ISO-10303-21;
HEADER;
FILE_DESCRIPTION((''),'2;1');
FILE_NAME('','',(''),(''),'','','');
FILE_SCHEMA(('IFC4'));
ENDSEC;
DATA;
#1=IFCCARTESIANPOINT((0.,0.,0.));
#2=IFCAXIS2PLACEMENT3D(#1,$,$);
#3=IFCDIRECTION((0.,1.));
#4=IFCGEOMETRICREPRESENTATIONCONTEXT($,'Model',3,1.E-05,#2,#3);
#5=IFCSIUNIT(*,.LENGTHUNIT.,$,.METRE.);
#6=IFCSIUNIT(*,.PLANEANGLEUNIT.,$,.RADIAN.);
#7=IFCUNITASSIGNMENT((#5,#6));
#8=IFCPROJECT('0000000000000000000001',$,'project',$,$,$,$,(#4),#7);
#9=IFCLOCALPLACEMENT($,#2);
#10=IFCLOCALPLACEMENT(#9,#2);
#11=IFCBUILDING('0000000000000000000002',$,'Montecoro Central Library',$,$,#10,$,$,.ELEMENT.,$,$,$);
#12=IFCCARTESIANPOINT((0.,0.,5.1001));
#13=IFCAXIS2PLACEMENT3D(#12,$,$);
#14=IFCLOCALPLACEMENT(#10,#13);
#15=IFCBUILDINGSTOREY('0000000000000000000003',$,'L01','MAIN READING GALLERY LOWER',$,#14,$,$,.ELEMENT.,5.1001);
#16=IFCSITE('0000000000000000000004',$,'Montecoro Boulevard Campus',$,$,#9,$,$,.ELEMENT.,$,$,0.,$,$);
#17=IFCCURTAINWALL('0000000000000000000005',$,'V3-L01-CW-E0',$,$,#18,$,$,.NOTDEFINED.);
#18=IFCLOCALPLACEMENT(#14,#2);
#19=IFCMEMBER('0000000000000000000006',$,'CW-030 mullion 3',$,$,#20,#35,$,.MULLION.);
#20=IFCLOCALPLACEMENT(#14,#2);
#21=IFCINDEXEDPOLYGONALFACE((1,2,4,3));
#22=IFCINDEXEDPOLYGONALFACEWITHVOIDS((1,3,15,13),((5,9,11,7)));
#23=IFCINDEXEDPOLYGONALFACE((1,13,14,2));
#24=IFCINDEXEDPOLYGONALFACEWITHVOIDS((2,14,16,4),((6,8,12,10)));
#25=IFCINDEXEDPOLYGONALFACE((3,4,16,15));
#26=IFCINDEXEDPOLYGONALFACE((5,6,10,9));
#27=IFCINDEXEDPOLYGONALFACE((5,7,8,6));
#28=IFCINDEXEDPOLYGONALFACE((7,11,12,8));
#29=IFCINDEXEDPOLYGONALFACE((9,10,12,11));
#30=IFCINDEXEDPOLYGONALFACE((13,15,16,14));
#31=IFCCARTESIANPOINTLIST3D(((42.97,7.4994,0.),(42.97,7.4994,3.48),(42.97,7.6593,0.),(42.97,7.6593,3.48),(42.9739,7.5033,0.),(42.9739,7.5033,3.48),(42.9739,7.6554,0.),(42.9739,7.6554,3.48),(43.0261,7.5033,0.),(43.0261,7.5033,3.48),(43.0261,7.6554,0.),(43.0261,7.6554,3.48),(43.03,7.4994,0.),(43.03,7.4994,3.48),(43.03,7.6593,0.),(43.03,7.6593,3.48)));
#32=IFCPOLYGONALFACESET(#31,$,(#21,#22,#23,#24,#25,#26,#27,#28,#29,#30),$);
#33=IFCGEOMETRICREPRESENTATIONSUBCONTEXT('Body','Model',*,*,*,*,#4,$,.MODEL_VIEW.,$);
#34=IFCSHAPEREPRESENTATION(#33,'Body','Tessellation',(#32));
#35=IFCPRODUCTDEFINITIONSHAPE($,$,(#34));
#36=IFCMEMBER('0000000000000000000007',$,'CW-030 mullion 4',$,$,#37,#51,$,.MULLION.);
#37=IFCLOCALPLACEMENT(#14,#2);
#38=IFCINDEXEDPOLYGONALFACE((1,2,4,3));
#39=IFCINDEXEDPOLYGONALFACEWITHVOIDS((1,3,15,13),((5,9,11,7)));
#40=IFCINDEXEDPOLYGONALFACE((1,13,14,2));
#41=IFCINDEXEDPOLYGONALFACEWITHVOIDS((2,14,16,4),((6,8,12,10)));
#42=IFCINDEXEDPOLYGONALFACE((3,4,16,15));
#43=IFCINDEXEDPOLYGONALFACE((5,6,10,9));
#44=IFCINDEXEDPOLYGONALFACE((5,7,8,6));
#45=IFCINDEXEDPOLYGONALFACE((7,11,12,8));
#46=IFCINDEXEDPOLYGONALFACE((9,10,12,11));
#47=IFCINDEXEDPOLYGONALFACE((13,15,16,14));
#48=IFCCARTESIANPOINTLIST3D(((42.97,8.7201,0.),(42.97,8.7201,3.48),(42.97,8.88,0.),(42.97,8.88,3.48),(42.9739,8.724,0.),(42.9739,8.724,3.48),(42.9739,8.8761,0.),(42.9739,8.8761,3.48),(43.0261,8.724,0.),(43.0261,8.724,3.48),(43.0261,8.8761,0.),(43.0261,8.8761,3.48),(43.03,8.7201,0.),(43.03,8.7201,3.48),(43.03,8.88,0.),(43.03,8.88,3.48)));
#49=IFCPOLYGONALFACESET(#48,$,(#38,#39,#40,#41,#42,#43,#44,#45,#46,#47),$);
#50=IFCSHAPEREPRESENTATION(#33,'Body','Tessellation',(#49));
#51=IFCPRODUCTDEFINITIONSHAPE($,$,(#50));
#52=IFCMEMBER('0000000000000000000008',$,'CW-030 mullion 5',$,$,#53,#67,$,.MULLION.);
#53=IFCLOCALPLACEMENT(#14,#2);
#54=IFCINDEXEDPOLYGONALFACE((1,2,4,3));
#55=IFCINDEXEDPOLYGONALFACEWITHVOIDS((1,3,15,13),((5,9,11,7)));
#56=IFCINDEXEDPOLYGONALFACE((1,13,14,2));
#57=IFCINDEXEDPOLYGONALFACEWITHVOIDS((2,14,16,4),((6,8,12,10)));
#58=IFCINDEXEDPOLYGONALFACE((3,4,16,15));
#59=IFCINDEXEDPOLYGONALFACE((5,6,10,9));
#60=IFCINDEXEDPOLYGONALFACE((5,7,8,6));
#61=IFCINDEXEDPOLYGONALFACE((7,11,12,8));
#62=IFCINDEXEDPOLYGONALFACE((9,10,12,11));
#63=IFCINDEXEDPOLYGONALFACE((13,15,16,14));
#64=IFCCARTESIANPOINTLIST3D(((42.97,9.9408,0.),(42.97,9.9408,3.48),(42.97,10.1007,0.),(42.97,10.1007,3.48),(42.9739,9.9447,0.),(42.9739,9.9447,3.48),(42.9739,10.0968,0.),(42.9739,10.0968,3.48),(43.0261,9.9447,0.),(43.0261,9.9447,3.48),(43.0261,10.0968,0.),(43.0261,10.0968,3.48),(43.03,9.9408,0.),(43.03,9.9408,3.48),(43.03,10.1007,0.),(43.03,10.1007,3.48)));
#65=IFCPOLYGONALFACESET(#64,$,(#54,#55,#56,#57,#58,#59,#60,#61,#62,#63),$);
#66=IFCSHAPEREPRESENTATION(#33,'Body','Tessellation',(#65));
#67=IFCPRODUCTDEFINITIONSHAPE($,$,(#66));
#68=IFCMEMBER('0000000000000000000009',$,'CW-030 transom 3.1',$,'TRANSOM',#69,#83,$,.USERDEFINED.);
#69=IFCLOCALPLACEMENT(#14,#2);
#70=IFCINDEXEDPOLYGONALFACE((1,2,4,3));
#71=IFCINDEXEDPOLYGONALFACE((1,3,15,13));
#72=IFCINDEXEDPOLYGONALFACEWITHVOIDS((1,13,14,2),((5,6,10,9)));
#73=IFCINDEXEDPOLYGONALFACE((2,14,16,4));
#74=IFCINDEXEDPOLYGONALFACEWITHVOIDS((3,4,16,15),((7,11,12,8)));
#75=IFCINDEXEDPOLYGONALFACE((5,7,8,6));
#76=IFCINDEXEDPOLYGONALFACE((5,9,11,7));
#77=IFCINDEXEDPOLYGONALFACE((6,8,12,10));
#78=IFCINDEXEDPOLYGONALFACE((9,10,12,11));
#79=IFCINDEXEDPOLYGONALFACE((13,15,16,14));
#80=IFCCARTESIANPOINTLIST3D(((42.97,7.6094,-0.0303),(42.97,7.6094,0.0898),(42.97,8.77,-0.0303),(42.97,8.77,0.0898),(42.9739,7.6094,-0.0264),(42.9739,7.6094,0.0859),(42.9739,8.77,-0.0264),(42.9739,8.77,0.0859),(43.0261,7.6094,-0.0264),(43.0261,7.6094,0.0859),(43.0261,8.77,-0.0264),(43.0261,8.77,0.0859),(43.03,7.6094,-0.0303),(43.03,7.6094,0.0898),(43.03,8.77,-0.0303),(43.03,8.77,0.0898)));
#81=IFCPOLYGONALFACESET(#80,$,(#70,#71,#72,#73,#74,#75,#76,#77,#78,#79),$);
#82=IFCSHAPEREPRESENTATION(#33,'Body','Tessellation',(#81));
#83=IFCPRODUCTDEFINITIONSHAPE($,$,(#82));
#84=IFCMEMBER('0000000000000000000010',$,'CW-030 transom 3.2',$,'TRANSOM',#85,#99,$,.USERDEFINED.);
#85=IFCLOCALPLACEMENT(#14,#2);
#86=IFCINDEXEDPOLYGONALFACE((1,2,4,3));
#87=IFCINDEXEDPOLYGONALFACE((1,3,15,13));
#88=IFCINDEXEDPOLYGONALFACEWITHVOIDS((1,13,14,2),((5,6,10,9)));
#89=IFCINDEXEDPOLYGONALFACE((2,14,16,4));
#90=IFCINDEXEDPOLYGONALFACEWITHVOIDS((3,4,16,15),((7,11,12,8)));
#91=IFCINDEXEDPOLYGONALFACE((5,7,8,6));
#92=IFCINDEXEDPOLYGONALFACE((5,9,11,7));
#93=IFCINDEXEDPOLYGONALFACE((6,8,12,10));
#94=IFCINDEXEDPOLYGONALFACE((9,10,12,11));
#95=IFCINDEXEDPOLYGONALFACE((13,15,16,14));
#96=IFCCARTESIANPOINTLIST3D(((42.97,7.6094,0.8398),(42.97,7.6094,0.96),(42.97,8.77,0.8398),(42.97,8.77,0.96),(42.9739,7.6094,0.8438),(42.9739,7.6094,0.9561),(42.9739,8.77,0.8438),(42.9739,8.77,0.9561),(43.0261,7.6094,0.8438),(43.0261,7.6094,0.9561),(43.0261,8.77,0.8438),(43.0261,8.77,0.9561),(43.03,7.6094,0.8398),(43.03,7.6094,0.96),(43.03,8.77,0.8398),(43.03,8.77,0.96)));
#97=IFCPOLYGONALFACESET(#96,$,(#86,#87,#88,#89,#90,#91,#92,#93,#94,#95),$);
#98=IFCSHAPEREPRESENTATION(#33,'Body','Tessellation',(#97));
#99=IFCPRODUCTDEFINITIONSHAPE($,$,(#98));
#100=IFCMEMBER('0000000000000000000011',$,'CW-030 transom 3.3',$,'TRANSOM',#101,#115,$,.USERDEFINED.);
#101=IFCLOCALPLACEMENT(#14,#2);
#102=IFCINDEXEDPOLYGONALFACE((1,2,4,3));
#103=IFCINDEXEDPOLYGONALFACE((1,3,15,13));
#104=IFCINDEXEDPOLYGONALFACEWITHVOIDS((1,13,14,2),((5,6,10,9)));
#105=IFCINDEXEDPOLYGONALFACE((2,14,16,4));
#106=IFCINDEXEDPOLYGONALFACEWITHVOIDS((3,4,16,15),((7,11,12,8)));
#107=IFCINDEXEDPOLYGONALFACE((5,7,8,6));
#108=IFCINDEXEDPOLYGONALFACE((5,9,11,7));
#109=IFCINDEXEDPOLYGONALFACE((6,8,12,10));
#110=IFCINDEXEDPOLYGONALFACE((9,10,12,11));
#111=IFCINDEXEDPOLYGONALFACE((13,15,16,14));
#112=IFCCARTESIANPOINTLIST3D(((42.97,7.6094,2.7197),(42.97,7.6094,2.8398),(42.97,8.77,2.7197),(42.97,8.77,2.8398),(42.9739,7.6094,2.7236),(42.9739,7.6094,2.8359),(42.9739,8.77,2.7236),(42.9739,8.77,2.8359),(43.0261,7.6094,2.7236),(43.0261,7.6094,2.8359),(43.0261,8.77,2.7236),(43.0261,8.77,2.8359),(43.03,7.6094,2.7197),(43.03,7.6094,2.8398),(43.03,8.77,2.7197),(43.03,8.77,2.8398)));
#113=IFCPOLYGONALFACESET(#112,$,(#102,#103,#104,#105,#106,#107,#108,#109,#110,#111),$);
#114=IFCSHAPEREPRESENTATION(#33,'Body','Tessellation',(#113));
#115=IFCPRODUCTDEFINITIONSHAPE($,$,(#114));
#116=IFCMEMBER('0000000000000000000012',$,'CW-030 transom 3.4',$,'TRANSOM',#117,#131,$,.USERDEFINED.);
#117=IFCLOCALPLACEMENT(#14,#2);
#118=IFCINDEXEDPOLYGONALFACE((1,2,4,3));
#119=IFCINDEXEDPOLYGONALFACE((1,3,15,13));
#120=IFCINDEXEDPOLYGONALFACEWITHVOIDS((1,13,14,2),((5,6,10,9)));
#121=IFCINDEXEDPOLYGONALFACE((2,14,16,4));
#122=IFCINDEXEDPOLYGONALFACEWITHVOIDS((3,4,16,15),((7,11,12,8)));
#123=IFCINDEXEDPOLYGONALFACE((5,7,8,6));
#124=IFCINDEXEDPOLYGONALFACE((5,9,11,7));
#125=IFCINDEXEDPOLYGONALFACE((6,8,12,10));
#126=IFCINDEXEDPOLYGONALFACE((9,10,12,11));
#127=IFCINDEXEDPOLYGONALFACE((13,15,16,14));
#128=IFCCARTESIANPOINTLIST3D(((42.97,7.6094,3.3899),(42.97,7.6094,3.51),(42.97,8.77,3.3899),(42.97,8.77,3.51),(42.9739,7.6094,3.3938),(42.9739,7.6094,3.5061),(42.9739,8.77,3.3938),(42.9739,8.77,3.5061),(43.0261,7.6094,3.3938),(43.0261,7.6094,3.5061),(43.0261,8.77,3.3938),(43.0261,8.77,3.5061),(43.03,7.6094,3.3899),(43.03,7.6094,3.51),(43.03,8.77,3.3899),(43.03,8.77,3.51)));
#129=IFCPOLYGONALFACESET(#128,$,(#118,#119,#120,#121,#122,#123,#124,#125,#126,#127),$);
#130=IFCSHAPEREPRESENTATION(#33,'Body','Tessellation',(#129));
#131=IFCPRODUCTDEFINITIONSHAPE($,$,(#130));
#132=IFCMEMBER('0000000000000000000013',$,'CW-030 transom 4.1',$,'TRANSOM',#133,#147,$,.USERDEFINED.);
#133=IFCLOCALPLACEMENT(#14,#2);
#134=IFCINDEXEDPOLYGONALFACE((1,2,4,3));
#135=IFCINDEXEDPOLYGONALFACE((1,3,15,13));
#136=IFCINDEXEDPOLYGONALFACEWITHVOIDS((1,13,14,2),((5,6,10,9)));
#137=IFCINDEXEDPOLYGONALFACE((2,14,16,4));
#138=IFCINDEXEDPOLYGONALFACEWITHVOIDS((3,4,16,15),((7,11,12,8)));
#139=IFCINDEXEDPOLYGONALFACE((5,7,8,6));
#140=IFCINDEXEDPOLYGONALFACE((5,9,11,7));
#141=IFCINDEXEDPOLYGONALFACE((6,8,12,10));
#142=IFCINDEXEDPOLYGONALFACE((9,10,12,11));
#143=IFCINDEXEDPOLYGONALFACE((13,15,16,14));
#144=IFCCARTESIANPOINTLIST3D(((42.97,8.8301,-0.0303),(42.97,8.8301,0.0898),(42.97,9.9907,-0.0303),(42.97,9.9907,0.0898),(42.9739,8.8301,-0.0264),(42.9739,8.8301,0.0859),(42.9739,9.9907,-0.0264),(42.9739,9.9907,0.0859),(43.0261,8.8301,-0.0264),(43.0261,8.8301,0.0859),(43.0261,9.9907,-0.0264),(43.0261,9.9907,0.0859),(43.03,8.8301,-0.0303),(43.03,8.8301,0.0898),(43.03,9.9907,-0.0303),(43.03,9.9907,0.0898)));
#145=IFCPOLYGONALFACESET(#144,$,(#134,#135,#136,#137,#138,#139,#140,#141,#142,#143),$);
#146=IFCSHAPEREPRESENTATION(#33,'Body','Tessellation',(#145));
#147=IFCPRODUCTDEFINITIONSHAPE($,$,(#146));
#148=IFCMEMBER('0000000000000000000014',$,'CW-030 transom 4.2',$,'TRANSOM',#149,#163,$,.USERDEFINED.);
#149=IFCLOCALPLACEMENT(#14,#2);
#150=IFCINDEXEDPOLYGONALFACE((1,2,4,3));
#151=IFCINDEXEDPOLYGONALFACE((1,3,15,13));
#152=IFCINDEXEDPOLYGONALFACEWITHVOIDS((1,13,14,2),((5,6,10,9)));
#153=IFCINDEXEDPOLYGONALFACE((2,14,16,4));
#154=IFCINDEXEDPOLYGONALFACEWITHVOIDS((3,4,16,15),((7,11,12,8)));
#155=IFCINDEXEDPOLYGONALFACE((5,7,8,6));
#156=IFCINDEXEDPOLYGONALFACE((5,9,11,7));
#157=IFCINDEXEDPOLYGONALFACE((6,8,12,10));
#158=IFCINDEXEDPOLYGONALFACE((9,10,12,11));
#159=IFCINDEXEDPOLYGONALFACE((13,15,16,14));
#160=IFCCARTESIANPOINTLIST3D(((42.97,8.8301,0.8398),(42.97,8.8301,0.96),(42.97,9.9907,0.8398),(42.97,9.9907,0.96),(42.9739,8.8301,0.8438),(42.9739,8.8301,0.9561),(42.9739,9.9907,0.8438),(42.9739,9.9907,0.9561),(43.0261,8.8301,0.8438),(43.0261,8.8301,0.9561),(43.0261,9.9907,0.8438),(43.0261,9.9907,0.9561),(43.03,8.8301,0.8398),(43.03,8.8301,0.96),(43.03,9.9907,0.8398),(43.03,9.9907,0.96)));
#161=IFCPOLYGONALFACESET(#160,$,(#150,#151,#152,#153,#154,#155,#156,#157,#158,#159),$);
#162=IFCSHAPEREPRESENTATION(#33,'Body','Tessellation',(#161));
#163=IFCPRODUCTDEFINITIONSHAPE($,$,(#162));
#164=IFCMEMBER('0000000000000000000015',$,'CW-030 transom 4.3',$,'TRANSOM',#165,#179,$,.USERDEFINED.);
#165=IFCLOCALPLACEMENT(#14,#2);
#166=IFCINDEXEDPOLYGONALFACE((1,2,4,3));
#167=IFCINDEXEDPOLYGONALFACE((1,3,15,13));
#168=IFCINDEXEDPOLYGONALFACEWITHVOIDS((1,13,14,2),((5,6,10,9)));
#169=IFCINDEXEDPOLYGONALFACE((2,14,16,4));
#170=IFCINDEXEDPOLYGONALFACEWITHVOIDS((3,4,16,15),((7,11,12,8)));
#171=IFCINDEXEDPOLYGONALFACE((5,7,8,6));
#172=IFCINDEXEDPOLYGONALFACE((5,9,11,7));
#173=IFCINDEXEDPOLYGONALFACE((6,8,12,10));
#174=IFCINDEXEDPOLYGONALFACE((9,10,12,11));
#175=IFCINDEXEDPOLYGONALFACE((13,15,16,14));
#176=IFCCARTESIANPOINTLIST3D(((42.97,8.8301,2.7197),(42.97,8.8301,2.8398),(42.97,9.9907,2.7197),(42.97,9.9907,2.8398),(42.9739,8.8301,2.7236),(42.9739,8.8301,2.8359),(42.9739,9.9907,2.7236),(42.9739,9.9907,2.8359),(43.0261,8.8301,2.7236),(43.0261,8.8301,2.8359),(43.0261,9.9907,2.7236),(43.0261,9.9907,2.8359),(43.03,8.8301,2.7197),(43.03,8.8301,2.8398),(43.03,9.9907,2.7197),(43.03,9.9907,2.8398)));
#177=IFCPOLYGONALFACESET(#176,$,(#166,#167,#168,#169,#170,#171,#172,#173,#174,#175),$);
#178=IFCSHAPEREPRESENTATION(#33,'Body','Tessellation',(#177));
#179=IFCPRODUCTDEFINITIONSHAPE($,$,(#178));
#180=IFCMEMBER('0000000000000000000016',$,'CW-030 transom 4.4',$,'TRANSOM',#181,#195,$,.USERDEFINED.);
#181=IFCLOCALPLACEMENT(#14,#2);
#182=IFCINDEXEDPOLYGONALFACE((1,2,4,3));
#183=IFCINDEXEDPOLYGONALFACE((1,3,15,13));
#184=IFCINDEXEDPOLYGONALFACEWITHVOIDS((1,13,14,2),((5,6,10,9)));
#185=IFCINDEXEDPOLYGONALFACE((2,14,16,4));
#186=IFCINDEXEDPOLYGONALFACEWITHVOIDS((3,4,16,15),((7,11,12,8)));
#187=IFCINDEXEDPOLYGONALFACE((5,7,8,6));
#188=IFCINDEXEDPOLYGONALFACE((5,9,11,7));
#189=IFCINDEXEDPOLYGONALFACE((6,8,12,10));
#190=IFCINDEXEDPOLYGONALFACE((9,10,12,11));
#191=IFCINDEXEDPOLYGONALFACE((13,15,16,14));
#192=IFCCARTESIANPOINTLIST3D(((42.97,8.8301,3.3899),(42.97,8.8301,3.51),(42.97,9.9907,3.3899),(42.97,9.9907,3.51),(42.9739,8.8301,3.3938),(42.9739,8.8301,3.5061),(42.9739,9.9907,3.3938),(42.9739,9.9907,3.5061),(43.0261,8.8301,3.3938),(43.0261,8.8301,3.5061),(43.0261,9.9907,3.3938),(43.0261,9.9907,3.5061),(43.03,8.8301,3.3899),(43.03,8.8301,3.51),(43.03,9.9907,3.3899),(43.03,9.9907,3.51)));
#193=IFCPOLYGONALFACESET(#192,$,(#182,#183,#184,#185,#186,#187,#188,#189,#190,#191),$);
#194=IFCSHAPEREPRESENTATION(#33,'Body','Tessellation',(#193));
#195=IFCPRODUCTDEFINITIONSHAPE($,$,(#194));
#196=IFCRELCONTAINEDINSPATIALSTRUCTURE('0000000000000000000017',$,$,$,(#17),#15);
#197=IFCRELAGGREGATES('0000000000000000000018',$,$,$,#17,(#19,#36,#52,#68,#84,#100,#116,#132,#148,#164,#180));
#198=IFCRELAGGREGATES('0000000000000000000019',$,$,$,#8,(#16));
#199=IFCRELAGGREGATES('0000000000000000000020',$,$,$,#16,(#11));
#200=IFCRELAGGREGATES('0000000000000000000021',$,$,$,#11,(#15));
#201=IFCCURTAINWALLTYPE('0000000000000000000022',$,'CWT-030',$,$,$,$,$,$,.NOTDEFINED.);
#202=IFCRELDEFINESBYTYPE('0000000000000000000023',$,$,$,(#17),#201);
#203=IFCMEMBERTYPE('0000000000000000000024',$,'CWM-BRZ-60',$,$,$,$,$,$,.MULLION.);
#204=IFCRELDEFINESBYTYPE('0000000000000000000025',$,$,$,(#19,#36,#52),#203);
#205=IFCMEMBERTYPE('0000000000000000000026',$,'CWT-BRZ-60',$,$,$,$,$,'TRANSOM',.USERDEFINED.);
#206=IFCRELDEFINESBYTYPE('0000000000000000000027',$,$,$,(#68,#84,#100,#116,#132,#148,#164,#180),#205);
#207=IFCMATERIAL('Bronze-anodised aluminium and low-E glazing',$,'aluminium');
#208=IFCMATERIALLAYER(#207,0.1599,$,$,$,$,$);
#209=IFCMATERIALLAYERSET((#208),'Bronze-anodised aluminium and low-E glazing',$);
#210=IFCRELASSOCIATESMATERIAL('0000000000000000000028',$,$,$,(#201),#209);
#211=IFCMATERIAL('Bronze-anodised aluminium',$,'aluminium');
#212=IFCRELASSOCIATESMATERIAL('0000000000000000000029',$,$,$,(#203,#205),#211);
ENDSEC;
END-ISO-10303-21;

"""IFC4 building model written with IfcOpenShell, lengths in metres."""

from ifc_helpers import new_model, si_unit, direction, frame, origin, origin_2d, place, context, subcontext, project, spatial, hollow_rectangle, extrude, material, layer, layer_set, material_profile, profile_set, type_object, element, aggregate, save


model = new_model("IFC4")

# Units and contexts
model_context = context("Model", 3, precision=1e-05, world=origin(), true_north=direction((0.0, 1.0)))
body_context = subcontext(model_context, "Body", "Model", "MODEL_VIEW")
ifc_project = project(units=[si_unit("LENGTHUNIT", "METRE"), si_unit("PLANEANGLEUNIT", "RADIAN")], contexts=[model_context])

# Site, building, storey
site_placement = place(None, origin())
site = spatial("IfcSite", under=ifc_project, at=site_placement, Name="Montecoro Boulevard Campus", CompositionType="ELEMENT", RefElevation=0.0)
building_placement = place(site_placement, origin())
building = spatial("IfcBuilding", under=site, at=building_placement, Name="Montecoro Central Library", CompositionType="ELEMENT")
storey_placement = place(building_placement, frame((0.0, 0.0, 5.1001)))
storey = spatial("IfcBuildingStorey", under=building, at=storey_placement, Name="L01", Description="MAIN READING GALLERY LOWER", CompositionType="ELEMENT", Elevation=5.1001)

# Curtain wall, members
ifc_material_1 = material(Name="Bronze-anodised aluminium and low-E glazing", Category="aluminium")
ifc_layer_1 = layer(ifc_material_1, 0.1599)
ifc_layer_set_1 = layer_set([ifc_layer_1], Name="Bronze-anodised aluminium and low-E glazing")
curtain_wall_type = type_object("IfcCurtainWallType", Name="CWT-030", PredefinedType="NOTDEFINED", material=ifc_layer_set_1)
curtain_wall_placement = place(storey_placement, origin())
curtain_wall = element("IfcCurtainWall", 1, at=curtain_wall_placement, inside=storey, type_object=curtain_wall_type, Name="V3-L01-CW-E0", PredefinedType="NOTDEFINED")
ifc_material_2 = material(Name="Bronze-anodised aluminium", Category="aluminium")
ifc_material_profile_1 = material_profile(ifc_material_2, hollow_rectangle(XDim=0.0601, YDim=0.1599, WallThickness=0.0039, at=origin_2d()), Name="CWM 160x60x4.0")
ifc_profile_set_1 = profile_set([ifc_material_profile_1], Name="Bronze-anodised aluminium")
member_type_1 = type_object("IfcMemberType", Name="CWM-BRZ-60", PredefinedType="MULLION", material=ifc_profile_set_1)
member_1_placement = place(storey_placement, frame((43.0, 7.5793, 0.0), z_axis=(0.0, 0.0, 1.0), x_axis=(-1.0, 0.0, 0.0)))
member_1 = element("IfcMember", 2, at=member_1_placement, type_object=member_type_1, Name="CW-030 mullion 3", PredefinedType="MULLION", context=body_context, shape_type="SweptSolid", body=[
    extrude(hollow_rectangle(XDim=0.0601, YDim=0.1599, WallThickness=0.0039, at=origin_2d()), origin(), (0.0, 0.0, 1.0), 3.48),
])
member_2_placement = place(storey_placement, frame((43.0, 8.8, 0.0), z_axis=(0.0, 0.0, 1.0), x_axis=(-1.0, 0.0, 0.0)))
member_2 = element("IfcMember", 3, at=member_2_placement, type_object=member_type_1, Name="CW-030 mullion 4", PredefinedType="MULLION", context=body_context, shape_type="SweptSolid", body=[
    extrude(hollow_rectangle(XDim=0.0601, YDim=0.1599, WallThickness=0.0039, at=origin_2d()), origin(), (0.0, 0.0, 1.0), 3.48),
])
member_3_placement = place(storey_placement, frame((43.0, 10.0208, 0.0), z_axis=(0.0, 0.0, 1.0), x_axis=(-1.0, 0.0, 0.0)))
member_3 = element("IfcMember", 4, at=member_3_placement, type_object=member_type_1, Name="CW-030 mullion 5", PredefinedType="MULLION", context=body_context, shape_type="SweptSolid", body=[
    extrude(hollow_rectangle(XDim=0.0601, YDim=0.1599, WallThickness=0.0039, at=origin_2d()), origin(), (0.0, 0.0, 1.0), 3.48),
])
ifc_material_profile_2 = material_profile(ifc_material_2, hollow_rectangle(XDim=0.0601, YDim=0.1201, WallThickness=0.0039, at=origin_2d()), Name="CWT 120x60x4.0")
ifc_profile_set_2 = profile_set([ifc_material_profile_2], Name="Bronze-anodised aluminium")
member_type_2 = type_object("IfcMemberType", Name="CWT-BRZ-60", ElementType="TRANSOM", PredefinedType="USERDEFINED", material=ifc_profile_set_2)
member_4_placement = place(storey_placement, frame((43.0, 7.6094, 0.0298), z_axis=(0.0, 1.0, 0.0), x_axis=(-1.0, 0.0, 0.0)))
member_4 = element("IfcMember", 5, at=member_4_placement, type_object=member_type_2, Name="CW-030 transom 3.1", ObjectType="TRANSOM", PredefinedType="USERDEFINED", context=body_context, shape_type="SweptSolid", body=[
    extrude(hollow_rectangle(XDim=0.0601, YDim=0.1201, WallThickness=0.0039, at=origin_2d()), origin(), (0.0, 0.0, 1.0), 1.1606),
])
member_5_placement = place(storey_placement, frame((43.0, 7.6094, 0.8999), z_axis=(0.0, 1.0, 0.0), x_axis=(-1.0, 0.0, 0.0)))
member_5 = element("IfcMember", 6, at=member_5_placement, type_object=member_type_2, Name="CW-030 transom 3.2", ObjectType="TRANSOM", PredefinedType="USERDEFINED", context=body_context, shape_type="SweptSolid", body=[
    extrude(hollow_rectangle(XDim=0.0601, YDim=0.1201, WallThickness=0.0039, at=origin_2d()), origin(), (0.0, 0.0, 1.0), 1.1606),
])
member_6_placement = place(storey_placement, frame((43.0, 7.6094, 2.7798), z_axis=(0.0, 1.0, 0.0), x_axis=(-1.0, 0.0, 0.0)))
member_6 = element("IfcMember", 7, at=member_6_placement, type_object=member_type_2, Name="CW-030 transom 3.3", ObjectType="TRANSOM", PredefinedType="USERDEFINED", context=body_context, shape_type="SweptSolid", body=[
    extrude(hollow_rectangle(XDim=0.0601, YDim=0.1201, WallThickness=0.0039, at=origin_2d()), origin(), (0.0, 0.0, 1.0), 1.1606),
])
member_7_placement = place(storey_placement, frame((43.0, 7.6094, 3.45), z_axis=(0.0, 1.0, 0.0), x_axis=(-1.0, 0.0, 0.0)))
member_7 = element("IfcMember", 8, at=member_7_placement, type_object=member_type_2, Name="CW-030 transom 3.4", ObjectType="TRANSOM", PredefinedType="USERDEFINED", context=body_context, shape_type="SweptSolid", body=[
    extrude(hollow_rectangle(XDim=0.0601, YDim=0.1201, WallThickness=0.0039, at=origin_2d()), origin(), (0.0, 0.0, 1.0), 1.1606),
])
member_8_placement = place(storey_placement, frame((43.0, 8.8301, 0.0298), z_axis=(0.0, 1.0, 0.0), x_axis=(-1.0, 0.0, 0.0)))
member_8 = element("IfcMember", 9, at=member_8_placement, type_object=member_type_2, Name="CW-030 transom 4.1", ObjectType="TRANSOM", PredefinedType="USERDEFINED", context=body_context, shape_type="SweptSolid", body=[
    extrude(hollow_rectangle(XDim=0.0601, YDim=0.1201, WallThickness=0.0039, at=origin_2d()), origin(), (0.0, 0.0, 1.0), 1.1606),
])
member_9_placement = place(storey_placement, frame((43.0, 8.8301, 0.8999), z_axis=(0.0, 1.0, 0.0), x_axis=(-1.0, 0.0, 0.0)))
member_9 = element("IfcMember", 10, at=member_9_placement, type_object=member_type_2, Name="CW-030 transom 4.2", ObjectType="TRANSOM", PredefinedType="USERDEFINED", context=body_context, shape_type="SweptSolid", body=[
    extrude(hollow_rectangle(XDim=0.0601, YDim=0.1201, WallThickness=0.0039, at=origin_2d()), origin(), (0.0, 0.0, 1.0), 1.1606),
])
member_10_placement = place(storey_placement, frame((43.0, 8.8301, 2.7798), z_axis=(0.0, 1.0, 0.0), x_axis=(-1.0, 0.0, 0.0)))
member_10 = element("IfcMember", 11, at=member_10_placement, type_object=member_type_2, Name="CW-030 transom 4.3", ObjectType="TRANSOM", PredefinedType="USERDEFINED", context=body_context, shape_type="SweptSolid", body=[
    extrude(hollow_rectangle(XDim=0.0601, YDim=0.1201, WallThickness=0.0039, at=origin_2d()), origin(), (0.0, 0.0, 1.0), 1.1606),
])
member_11_placement = place(storey_placement, frame((43.0, 8.8301, 3.45), z_axis=(0.0, 1.0, 0.0), x_axis=(-1.0, 0.0, 0.0)))
member_11 = element("IfcMember", 12, at=member_11_placement, type_object=member_type_2, Name="CW-030 transom 4.4", ObjectType="TRANSOM", PredefinedType="USERDEFINED", context=body_context, shape_type="SweptSolid", body=[
    extrude(hollow_rectangle(XDim=0.0601, YDim=0.1201, WallThickness=0.0039, at=origin_2d()), origin(), (0.0, 0.0, 1.0), 1.1606),
])
aggregate(curtain_wall, [member_1, member_2, member_3, member_4, member_5, member_6, member_7, member_8, member_9, member_10, member_11])

save(model, "model.ifc")
